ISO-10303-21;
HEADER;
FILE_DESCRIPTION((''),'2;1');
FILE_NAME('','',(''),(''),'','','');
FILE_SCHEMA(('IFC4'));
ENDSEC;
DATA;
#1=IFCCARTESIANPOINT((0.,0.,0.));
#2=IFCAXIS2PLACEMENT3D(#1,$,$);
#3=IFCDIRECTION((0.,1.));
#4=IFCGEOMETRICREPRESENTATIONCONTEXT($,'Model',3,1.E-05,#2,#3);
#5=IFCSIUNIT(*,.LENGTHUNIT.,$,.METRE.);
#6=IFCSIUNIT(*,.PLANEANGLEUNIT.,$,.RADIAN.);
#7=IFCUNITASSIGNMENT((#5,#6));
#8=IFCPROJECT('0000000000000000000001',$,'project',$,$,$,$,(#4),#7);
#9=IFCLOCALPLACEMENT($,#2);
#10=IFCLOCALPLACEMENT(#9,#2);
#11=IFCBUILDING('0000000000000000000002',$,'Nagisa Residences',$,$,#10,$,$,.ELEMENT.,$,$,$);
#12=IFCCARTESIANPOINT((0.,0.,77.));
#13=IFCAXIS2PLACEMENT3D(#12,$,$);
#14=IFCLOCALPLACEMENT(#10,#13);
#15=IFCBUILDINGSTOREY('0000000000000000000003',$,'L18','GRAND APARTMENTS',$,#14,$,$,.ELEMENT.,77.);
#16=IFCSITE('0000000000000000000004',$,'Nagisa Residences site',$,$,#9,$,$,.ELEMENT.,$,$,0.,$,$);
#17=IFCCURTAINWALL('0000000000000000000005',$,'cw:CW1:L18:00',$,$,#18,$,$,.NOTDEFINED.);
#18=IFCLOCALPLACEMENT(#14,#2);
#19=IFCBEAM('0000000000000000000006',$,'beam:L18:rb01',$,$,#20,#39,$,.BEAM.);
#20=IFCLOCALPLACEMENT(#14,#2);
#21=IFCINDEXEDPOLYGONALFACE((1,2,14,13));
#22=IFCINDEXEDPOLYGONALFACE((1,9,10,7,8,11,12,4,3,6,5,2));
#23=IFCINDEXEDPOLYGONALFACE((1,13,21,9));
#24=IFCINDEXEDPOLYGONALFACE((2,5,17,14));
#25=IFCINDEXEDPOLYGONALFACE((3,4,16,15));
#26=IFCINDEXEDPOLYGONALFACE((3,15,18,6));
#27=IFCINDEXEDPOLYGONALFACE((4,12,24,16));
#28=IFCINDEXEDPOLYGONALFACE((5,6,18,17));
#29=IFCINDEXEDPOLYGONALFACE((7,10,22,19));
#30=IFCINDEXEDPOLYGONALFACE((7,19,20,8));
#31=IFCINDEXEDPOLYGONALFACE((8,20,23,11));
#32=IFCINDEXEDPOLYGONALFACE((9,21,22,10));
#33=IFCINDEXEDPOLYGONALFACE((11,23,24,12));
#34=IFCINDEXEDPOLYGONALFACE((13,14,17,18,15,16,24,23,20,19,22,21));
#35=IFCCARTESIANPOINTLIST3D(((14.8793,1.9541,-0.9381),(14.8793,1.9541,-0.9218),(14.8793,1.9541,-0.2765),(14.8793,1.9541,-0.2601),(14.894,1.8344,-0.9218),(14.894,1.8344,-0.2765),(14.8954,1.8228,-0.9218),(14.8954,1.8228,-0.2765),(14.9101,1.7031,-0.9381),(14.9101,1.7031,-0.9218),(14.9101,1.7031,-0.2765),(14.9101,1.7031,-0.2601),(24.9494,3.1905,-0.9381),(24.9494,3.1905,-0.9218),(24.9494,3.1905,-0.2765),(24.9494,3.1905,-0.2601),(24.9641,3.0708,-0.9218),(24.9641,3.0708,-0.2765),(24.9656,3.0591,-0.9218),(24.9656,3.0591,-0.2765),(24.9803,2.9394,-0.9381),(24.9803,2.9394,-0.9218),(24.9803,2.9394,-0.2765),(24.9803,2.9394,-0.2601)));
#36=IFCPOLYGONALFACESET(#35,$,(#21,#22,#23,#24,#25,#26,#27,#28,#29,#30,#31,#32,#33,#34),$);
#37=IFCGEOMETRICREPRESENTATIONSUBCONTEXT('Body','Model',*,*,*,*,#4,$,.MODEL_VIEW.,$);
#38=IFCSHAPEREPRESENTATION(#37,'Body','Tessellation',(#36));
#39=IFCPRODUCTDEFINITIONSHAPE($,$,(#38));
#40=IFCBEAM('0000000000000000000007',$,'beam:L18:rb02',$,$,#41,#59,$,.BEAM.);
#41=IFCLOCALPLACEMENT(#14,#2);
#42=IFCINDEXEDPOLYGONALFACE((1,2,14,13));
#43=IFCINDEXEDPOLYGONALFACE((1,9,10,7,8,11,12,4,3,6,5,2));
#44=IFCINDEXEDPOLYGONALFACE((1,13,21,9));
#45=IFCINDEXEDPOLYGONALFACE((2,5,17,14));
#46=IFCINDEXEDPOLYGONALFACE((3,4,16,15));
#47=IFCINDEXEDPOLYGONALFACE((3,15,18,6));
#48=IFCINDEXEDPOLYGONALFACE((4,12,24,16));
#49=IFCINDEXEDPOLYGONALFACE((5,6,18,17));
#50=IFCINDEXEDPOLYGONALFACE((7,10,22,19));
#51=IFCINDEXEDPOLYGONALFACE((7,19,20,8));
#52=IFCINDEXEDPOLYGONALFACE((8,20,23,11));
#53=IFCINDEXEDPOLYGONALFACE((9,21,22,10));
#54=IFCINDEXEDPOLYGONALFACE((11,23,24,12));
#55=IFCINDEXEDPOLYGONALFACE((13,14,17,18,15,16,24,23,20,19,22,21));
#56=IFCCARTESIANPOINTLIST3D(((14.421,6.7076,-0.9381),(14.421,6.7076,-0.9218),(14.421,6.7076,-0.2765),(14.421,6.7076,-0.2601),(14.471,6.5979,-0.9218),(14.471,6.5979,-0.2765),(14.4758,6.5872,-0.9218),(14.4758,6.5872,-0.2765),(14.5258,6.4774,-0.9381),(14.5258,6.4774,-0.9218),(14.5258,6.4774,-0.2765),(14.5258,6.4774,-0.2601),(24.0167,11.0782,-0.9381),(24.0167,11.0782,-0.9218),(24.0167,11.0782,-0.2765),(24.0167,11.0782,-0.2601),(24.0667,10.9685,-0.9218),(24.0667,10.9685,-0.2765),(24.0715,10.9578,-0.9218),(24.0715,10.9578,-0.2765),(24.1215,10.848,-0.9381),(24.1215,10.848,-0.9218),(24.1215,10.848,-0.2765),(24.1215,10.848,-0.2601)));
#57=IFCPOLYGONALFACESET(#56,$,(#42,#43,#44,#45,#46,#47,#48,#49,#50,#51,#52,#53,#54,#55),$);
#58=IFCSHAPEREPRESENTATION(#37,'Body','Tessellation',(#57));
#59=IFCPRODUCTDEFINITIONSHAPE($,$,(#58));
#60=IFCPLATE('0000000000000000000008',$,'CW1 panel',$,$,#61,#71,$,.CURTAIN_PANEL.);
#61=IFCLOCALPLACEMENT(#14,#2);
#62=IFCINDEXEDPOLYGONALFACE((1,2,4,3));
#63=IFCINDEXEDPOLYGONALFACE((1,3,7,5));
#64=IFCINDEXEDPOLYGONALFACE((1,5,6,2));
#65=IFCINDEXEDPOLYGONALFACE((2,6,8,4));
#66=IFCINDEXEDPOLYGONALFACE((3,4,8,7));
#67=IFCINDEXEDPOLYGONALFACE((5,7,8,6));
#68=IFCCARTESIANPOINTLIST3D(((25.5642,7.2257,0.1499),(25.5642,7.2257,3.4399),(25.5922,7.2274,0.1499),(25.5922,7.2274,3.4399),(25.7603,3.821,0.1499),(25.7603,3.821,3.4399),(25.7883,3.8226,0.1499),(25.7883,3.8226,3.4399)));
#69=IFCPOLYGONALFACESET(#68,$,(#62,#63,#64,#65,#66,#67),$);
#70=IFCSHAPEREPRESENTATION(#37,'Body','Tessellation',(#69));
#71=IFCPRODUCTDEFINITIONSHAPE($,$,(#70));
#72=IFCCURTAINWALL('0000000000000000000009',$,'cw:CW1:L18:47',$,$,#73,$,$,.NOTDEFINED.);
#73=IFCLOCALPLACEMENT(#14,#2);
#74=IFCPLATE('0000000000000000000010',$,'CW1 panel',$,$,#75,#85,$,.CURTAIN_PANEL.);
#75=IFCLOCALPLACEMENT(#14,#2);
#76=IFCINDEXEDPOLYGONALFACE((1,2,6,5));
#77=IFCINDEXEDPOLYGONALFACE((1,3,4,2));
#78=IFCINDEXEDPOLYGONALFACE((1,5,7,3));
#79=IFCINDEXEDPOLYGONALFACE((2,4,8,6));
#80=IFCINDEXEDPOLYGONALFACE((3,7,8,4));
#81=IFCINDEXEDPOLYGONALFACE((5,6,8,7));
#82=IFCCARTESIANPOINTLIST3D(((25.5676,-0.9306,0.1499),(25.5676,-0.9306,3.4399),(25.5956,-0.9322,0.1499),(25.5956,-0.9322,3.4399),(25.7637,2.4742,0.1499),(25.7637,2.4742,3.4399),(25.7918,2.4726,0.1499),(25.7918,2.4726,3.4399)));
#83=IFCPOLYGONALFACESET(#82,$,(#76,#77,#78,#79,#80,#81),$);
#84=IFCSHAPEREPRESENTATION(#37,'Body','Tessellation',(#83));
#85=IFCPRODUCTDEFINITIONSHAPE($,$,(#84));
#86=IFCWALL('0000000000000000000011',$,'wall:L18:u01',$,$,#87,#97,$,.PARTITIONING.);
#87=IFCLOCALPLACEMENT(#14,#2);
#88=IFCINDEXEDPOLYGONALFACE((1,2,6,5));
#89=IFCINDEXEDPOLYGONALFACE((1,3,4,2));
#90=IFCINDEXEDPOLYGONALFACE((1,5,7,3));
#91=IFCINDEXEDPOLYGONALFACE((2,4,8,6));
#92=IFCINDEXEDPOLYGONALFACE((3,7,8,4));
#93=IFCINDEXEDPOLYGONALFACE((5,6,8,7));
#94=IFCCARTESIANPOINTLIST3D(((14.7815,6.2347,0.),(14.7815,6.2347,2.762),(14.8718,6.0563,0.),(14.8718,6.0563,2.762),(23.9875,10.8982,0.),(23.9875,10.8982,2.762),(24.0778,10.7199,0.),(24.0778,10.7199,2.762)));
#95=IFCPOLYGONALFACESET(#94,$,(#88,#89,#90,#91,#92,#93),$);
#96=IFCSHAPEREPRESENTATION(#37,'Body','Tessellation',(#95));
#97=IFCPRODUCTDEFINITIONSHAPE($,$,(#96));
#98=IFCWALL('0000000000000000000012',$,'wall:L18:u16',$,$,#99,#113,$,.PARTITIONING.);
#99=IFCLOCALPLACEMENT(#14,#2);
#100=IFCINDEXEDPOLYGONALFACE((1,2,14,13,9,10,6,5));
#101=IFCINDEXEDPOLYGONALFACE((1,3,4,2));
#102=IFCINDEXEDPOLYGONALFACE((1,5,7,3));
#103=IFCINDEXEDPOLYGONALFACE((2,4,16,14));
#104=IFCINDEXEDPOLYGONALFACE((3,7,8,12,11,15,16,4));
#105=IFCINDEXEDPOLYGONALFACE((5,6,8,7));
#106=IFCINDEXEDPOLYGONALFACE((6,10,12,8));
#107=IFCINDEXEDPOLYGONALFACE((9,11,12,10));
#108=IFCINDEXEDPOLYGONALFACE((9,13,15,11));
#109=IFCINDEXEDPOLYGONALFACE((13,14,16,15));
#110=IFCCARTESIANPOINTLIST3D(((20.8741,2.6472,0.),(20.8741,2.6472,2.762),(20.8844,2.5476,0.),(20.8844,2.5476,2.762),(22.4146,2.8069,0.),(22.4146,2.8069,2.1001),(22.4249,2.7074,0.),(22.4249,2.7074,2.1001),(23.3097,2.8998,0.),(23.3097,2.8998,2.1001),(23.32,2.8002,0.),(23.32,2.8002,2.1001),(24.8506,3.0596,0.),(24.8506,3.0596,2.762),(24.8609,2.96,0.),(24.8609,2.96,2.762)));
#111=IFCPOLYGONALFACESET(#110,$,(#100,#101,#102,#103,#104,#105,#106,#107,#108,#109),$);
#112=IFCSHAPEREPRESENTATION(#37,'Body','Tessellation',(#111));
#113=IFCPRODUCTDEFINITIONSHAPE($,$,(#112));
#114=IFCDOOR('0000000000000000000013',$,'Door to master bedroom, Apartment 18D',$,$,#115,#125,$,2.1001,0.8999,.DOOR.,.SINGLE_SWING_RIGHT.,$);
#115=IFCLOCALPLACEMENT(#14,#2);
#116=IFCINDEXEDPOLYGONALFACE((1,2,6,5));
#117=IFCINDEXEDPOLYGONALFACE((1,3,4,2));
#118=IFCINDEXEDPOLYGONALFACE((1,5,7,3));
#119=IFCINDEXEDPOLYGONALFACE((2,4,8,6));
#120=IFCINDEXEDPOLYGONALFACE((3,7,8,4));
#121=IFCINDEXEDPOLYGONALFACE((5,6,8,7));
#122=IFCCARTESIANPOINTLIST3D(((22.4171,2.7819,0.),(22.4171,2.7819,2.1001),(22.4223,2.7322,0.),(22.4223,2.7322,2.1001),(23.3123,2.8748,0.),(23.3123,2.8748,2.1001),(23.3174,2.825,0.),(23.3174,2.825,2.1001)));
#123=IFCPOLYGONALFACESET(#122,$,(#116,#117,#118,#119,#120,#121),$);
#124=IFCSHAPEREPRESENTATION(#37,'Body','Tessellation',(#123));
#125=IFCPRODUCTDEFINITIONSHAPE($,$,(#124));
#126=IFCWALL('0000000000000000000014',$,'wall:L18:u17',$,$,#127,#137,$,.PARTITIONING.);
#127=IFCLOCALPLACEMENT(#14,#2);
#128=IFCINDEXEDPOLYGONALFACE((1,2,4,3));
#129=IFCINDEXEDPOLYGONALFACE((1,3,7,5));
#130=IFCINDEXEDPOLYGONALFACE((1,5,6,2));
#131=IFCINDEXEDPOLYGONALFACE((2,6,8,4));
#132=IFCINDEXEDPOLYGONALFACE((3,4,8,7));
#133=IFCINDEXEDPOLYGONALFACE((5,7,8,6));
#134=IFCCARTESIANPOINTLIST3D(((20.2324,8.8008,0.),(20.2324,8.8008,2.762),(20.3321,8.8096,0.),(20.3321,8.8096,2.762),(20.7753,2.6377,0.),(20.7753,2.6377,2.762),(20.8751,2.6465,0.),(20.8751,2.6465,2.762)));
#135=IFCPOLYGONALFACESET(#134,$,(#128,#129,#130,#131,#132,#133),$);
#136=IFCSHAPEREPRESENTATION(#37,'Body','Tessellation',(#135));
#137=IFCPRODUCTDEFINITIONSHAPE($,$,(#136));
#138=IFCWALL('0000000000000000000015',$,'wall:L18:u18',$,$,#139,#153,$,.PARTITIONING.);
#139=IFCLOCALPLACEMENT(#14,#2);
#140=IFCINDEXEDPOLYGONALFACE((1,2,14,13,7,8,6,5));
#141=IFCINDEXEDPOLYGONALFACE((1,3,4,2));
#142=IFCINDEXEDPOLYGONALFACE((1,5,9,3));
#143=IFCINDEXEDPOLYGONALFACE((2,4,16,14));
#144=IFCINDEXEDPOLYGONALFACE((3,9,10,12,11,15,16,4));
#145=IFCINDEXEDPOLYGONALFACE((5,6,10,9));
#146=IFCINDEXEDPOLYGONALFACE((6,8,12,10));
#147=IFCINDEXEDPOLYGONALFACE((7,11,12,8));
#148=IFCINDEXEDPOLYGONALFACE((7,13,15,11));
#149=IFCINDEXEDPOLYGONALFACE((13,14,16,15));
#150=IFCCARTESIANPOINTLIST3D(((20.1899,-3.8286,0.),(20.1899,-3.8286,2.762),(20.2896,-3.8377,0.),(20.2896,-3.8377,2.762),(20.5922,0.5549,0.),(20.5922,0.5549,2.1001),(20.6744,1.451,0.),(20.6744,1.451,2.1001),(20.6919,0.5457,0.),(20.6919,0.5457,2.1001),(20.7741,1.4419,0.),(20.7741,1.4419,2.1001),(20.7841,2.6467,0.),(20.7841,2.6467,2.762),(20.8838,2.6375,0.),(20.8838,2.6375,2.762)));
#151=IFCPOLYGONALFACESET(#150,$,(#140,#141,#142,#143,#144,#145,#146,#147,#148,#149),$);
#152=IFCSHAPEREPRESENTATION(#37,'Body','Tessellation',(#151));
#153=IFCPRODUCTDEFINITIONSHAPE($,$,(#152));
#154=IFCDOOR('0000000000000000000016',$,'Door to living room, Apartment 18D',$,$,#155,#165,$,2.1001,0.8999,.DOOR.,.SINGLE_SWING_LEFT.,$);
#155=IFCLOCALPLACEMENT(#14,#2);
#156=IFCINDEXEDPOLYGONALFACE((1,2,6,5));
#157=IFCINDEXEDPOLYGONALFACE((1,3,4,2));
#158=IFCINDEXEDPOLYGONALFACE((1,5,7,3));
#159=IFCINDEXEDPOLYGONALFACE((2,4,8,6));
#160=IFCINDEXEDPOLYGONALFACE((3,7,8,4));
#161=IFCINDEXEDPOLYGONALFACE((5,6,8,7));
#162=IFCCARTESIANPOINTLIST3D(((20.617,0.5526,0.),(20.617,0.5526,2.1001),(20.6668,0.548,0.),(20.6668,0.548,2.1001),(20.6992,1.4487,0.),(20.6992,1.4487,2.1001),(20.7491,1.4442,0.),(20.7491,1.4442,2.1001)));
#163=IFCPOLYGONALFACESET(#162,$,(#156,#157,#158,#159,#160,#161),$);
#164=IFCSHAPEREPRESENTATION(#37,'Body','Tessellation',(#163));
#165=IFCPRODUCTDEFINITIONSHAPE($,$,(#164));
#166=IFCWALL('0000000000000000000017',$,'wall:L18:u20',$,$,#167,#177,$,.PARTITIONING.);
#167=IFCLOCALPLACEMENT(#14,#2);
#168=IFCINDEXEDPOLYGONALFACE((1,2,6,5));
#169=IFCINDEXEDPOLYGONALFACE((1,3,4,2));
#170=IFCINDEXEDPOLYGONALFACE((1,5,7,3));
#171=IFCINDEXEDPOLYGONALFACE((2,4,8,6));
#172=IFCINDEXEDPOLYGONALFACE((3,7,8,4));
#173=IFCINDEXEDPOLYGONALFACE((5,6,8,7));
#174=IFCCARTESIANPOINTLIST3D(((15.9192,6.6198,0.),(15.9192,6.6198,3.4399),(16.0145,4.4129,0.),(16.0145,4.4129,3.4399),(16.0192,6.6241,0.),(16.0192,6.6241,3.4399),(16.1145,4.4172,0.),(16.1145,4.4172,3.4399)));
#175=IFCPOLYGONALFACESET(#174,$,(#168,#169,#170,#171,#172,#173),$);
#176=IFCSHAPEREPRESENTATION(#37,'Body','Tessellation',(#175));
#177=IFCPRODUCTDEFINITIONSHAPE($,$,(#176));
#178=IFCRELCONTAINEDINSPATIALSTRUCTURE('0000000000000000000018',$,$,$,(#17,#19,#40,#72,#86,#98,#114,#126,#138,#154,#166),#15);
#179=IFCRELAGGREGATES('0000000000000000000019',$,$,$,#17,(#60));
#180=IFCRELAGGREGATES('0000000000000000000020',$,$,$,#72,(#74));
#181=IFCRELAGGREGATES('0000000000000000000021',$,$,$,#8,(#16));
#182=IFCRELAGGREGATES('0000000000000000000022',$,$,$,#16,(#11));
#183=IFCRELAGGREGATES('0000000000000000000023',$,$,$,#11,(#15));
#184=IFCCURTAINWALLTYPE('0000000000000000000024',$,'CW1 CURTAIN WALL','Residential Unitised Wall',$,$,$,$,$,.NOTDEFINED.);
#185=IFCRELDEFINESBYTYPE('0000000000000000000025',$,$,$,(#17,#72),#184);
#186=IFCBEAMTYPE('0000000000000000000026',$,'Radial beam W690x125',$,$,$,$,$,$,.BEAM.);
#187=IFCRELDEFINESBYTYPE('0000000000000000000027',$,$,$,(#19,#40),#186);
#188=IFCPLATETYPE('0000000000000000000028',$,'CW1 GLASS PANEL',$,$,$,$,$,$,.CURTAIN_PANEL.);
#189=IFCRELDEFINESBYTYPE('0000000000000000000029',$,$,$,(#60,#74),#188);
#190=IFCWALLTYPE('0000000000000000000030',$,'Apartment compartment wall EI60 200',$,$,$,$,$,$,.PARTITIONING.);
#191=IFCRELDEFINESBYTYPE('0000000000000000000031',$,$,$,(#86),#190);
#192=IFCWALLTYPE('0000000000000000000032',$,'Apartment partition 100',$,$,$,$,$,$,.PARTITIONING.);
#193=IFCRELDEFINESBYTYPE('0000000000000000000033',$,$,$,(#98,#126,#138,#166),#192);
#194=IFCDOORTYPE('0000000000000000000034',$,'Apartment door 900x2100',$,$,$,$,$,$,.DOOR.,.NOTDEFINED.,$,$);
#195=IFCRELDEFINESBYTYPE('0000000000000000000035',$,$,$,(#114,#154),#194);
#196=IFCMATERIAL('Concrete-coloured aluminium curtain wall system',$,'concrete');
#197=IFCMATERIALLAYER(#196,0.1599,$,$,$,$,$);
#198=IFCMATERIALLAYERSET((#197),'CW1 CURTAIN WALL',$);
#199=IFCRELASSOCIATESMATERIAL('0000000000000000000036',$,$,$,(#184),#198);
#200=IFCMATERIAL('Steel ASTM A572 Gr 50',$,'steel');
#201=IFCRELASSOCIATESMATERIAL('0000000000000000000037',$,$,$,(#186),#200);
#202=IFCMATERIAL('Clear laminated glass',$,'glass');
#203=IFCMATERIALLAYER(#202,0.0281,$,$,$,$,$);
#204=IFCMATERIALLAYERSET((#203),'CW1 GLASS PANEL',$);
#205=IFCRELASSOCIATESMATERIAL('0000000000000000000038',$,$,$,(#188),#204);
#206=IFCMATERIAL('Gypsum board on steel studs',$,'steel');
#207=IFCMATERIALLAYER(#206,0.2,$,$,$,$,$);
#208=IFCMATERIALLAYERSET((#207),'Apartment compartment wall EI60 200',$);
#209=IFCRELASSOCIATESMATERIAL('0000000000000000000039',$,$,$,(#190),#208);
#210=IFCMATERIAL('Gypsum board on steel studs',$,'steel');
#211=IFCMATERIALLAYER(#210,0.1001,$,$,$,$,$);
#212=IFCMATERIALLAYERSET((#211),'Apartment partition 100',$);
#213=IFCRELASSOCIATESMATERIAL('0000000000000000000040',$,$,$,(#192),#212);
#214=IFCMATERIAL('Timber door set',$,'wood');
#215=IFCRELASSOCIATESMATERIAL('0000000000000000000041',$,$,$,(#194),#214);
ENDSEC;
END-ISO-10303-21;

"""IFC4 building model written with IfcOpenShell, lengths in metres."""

from ifc_helpers import new_model, si_unit, direction, frame, frame_2d, origin, origin_2d, place, context, subcontext, project, spatial, rectangle, i_section, extrude, material, layer, layer_set, material_profile, profile_set, type_object, element, fill, aggregate, save


model = new_model("IFC4")

# Units and contexts
model_context = context("Model", 3, precision=1e-05, world=origin(), true_north=direction((0.0, 1.0)))
body_context = subcontext(model_context, "Body", "Model", "MODEL_VIEW")
ifc_project = project(units=[si_unit("LENGTHUNIT", "METRE"), si_unit("PLANEANGLEUNIT", "RADIAN")], contexts=[model_context])

# Site, building, storey
site_placement = place(None, origin())
site = spatial("IfcSite", under=ifc_project, at=site_placement, Name="Nagisa Residences site", CompositionType="ELEMENT", RefElevation=0.0)
building_placement = place(site_placement, origin())
building = spatial("IfcBuilding", under=site, at=building_placement, Name="Nagisa Residences", CompositionType="ELEMENT")
storey_placement = place(building_placement, frame((0.0, 0.0, 77.0)))
storey = spatial("IfcBuildingStorey", under=building, at=storey_placement, Name="L18", Description="GRAND APARTMENTS", CompositionType="ELEMENT", Elevation=77.0)

# Curtain wall
ifc_material_1 = material(Name="Concrete-coloured aluminium curtain wall system", Category="concrete")
ifc_layer_1 = layer(ifc_material_1, 0.1599)
ifc_layer_set_1 = layer_set([ifc_layer_1], Name="CW1 CURTAIN WALL")
curtain_wall_type = type_object("IfcCurtainWallType", Name="CW1 CURTAIN WALL", Description="Residential Unitised Wall", PredefinedType="NOTDEFINED", material=ifc_layer_set_1)
curtain_wall_1_placement = place(storey_placement, origin())
curtain_wall_1 = element("IfcCurtainWall", 1, at=curtain_wall_1_placement, inside=storey, type_object=curtain_wall_type, Name="cw:CW1:L18:00", PredefinedType="NOTDEFINED")

# Beams
ifc_material_2 = material(Name="Steel ASTM A572 Gr 50", Category="steel")
ifc_material_profile_1 = material_profile(ifc_material_2, i_section(OverallWidth=0.2529, OverallDepth=0.678, WebThickness=0.0117, FlangeThickness=0.0164, at=origin_2d()), Name="W690x125")
ifc_profile_set_1 = profile_set([ifc_material_profile_1], Name="Steel ASTM A572 Gr 50")
beam_type_1 = type_object("IfcBeamType", Name="Radial beam W690x125", PredefinedType="BEAM", material=ifc_profile_set_1)
beam_1_placement = place(storey_placement, frame((24.9648, 3.0649, -0.5991), z_axis=(-0.992548, -0.121858, 0.0), x_axis=(0.121858, -0.992548, 0.0)))
element("IfcBeam", 2, at=beam_1_placement, inside=storey, type_object=beam_type_1, Name="beam:L18:rb01", PredefinedType="BEAM", context=body_context, shape_type="SweptSolid", body=[
    extrude(i_section(OverallWidth=0.2529, OverallDepth=0.678, WebThickness=0.0117, FlangeThickness=0.0164, at=origin_2d()), origin(), (0.0, 0.0, 1.0), 10.1458),
])
beam_2_placement = place(storey_placement, frame((24.0691, 10.9631, -0.5991), z_axis=(-0.910047, -0.414504, 0.0), x_axis=(0.414504, -0.910047, 0.0)))
element("IfcBeam", 3, at=beam_2_placement, inside=storey, type_object=beam_type_1, Name="beam:L18:rb02", PredefinedType="BEAM", context=body_context, shape_type="SweptSolid", body=[
    extrude(i_section(OverallWidth=0.2529, OverallDepth=0.678, WebThickness=0.0117, FlangeThickness=0.0164, at=origin_2d()), origin(), (0.0, 0.0, 1.0), 10.5442),
])

# Plate
ifc_material_3 = material(Name="Clear laminated glass", Category="glass")
ifc_layer_2 = layer(ifc_material_3, 0.0281)
ifc_layer_set_2 = layer_set([ifc_layer_2], Name="CW1 GLASS PANEL")
plate_type = type_object("IfcPlateType", Name="CW1 GLASS PANEL", PredefinedType="CURTAIN_PANEL", material=ifc_layer_set_2)
plate_1_placement = place(storey_placement, frame((25.6763, 5.5242, 0.1499), z_axis=(0.0, 0.0, 1.0), x_axis=(-0.057503, 0.998345, 0.0)))
plate_1 = element("IfcPlate", 4, at=plate_1_placement, type_object=plate_type, Name="CW1 panel", PredefinedType="CURTAIN_PANEL", context=body_context, shape_type="SweptSolid", body=[
    extrude(rectangle(XDim=3.4104, YDim=0.0281, at=origin_2d()), origin(), (0.0, 0.0, 1.0), 3.29),
])
aggregate(curtain_wall_1, [plate_1])

# Curtain wall, plate
curtain_wall_2_placement = place(storey_placement, origin())
curtain_wall_2 = element("IfcCurtainWall", 5, at=curtain_wall_2_placement, inside=storey, type_object=curtain_wall_type, Name="cw:CW1:L18:47", PredefinedType="NOTDEFINED")
plate_2_placement = place(storey_placement, frame((25.6797, 0.771, 0.1499), z_axis=(0.0, 0.0, 1.0), x_axis=(0.057503, 0.998345, 0.0)))
plate_2 = element("IfcPlate", 6, at=plate_2_placement, type_object=plate_type, Name="CW1 panel", PredefinedType="CURTAIN_PANEL", context=body_context, shape_type="SweptSolid", body=[
    extrude(rectangle(XDim=3.4104, YDim=0.0281, at=origin_2d()), origin(), (0.0, 0.0, 1.0), 3.29),
])
aggregate(curtain_wall_2, [plate_2])

# Wall
ifc_material_4 = material(Name="Gypsum board on steel studs", Category="steel")
ifc_layer_3 = layer(ifc_material_4, 0.2)
ifc_layer_set_3 = layer_set([ifc_layer_3], Name="Apartment compartment wall EI60 200")
wall_type_1 = type_object("IfcWallType", Name="Apartment compartment wall EI60 200", PredefinedType="PARTITIONING", material=ifc_layer_set_3)
wall_1_placement = place(storey_placement, frame((14.8267, 6.1455, 0.0), z_axis=(0.0, 0.0, 1.0), x_axis=(0.892068, 0.451901, 0.0)))
element("IfcWall", 7, at=wall_1_placement, inside=storey, type_object=wall_type_1, Name="wall:L18:u01", PredefinedType="PARTITIONING", context=body_context, shape_type="SweptSolid", body=[
    extrude(rectangle(XDim=10.3198, YDim=0.2, at=frame_2d((5.1599, 0.0))), origin(), (0.0, 0.0, 1.0), 2.762),
])

# Wall, opening, door
ifc_material_5 = material(Name="Gypsum board on steel studs", Category="steel")
ifc_layer_4 = layer(ifc_material_5, 0.1001)
ifc_layer_set_4 = layer_set([ifc_layer_4], Name="Apartment partition 100")
wall_type_2 = type_object("IfcWallType", Name="Apartment partition 100", PredefinedType="PARTITIONING", material=ifc_layer_set_4)
wall_2_placement = place(storey_placement, frame((20.8792, 2.5974, 0.0), z_axis=(0.0, 0.0, 1.0), x_axis=(0.994667, 0.103143, 0.0)))
wall_2 = element("IfcWall", 8, at=wall_2_placement, inside=storey, type_object=wall_type_2, Name="wall:L18:u16", PredefinedType="PARTITIONING", context=body_context, shape_type="SweptSolid", body=[
    extrude(rectangle(XDim=3.9978, YDim=0.1001, at=frame_2d((1.999, 0.0))), origin(), (0.0, 0.0, 1.0), 2.762),
])
opening_1_placement = place(wall_2_placement, frame((1.5488, 0.0, 0.0)))
opening_1 = element("IfcOpeningElement", 9, at=opening_1_placement, cuts=wall_2, PredefinedType="OPENING", context=body_context, shape_type="SweptSolid", body=[
    extrude(rectangle(XDim=0.8999, YDim=2.1001, at=frame_2d((0.45, 1.05))), frame((0.0, 0.0601, 0.0), z_axis=(0.0, -1.0, 0.0), x_axis=(1.0, 0.0, 0.0)), (0.0, 0.0, 1.0), 0.1201),
])
ifc_material_6 = material(Name="Timber door set", Category="wood")
door_type_1 = type_object("IfcDoorType", Name="Apartment door 900x2100", OperationType="NOTDEFINED", PredefinedType="DOOR", material=ifc_material_6)
door_1_placement = place(opening_1_placement, origin())
door_1 = element("IfcDoor", 10, at=door_1_placement, inside=storey, type_object=door_type_1, Name="Door to master bedroom, Apartment 18D", OperationType="SINGLE_SWING_RIGHT", OverallHeight=2.1001, OverallWidth=0.8999, PredefinedType="DOOR", context=body_context, shape_type="SweptSolid", body=[
    extrude(rectangle(XDim=0.8999, YDim=2.1001, at=frame_2d((0.45, 1.05))), frame((0.0, 0.0249, 0.0), z_axis=(0.0, -1.0, 0.0), x_axis=(1.0, 0.0, 0.0)), (0.0, 0.0, 1.0), 0.05),
])
fill(opening_1, door_1)

# Wall
wall_3_placement = place(storey_placement, frame((20.8252, 2.6421, 0.0), z_axis=(0.0, 0.0, 1.0), x_axis=(-0.08776, 0.996142, 0.0)))
element("IfcWall", 11, at=wall_3_placement, inside=storey, type_object=wall_type_2, Name="wall:L18:u17", PredefinedType="PARTITIONING", context=body_context, shape_type="SweptSolid", body=[
    extrude(rectangle(XDim=6.187, YDim=0.1001, at=frame_2d((3.0935, 0.0))), origin(), (0.0, 0.0, 1.0), 2.762),
])

# Wall, opening, door
wall_4_placement = place(storey_placement, frame((20.834, 2.6421, 0.0), z_axis=(0.0, 0.0, 1.0), x_axis=(-0.091385, -0.995816, 0.0)))
wall_4 = element("IfcWall", 12, at=wall_4_placement, inside=storey, type_object=wall_type_2, Name="wall:L18:u18", PredefinedType="PARTITIONING", context=body_context, shape_type="SweptSolid", body=[
    extrude(rectangle(XDim=6.5024, YDim=0.1001, at=frame_2d((3.2512, 0.0))), origin(), (0.0, 0.0, 1.0), 2.762),
])
opening_2_placement = place(wall_4_placement, frame((1.2007, 0.0, 0.0)))
opening_2 = element("IfcOpeningElement", 13, at=opening_2_placement, cuts=wall_4, PredefinedType="OPENING", context=body_context, shape_type="SweptSolid", body=[
    extrude(rectangle(XDim=0.8999, YDim=2.1001, at=frame_2d((0.45, 1.05))), frame((0.0, 0.0601, 0.0), z_axis=(0.0, -1.0, 0.0), x_axis=(1.0, 0.0, 0.0)), (0.0, 0.0, 1.0), 0.1201),
])
door_2_placement = place(opening_2_placement, origin())
door_2 = element("IfcDoor", 14, at=door_2_placement, inside=storey, type_object=door_type_1, Name="Door to living room, Apartment 18D", OperationType="SINGLE_SWING_LEFT", OverallHeight=2.1001, OverallWidth=0.8999, PredefinedType="DOOR", context=body_context, shape_type="SweptSolid", body=[
    extrude(rectangle(XDim=0.8999, YDim=2.1001, at=frame_2d((0.45, 1.05))), frame((0.0, 0.0249, 0.0), z_axis=(0.0, -1.0, 0.0), x_axis=(1.0, 0.0, 0.0)), (0.0, 0.0, 1.0), 0.05),
])
fill(opening_2, door_2)

# Wall
wall_5_placement = place(storey_placement, frame((16.0645, 4.415, 0.0), z_axis=(0.0, 0.0, 1.0), x_axis=(-0.043102, 0.999071, 0.0)))
element("IfcWall", 15, at=wall_5_placement, inside=storey, type_object=wall_type_2, Name="wall:L18:u20", PredefinedType="PARTITIONING", context=body_context, shape_type="SweptSolid", body=[
    extrude(rectangle(XDim=2.209, YDim=0.1001, at=frame_2d((1.1045, 0.0))), origin(), (0.0, 0.0, 1.0), 3.4399),
])

save(model, "model.ifc")
